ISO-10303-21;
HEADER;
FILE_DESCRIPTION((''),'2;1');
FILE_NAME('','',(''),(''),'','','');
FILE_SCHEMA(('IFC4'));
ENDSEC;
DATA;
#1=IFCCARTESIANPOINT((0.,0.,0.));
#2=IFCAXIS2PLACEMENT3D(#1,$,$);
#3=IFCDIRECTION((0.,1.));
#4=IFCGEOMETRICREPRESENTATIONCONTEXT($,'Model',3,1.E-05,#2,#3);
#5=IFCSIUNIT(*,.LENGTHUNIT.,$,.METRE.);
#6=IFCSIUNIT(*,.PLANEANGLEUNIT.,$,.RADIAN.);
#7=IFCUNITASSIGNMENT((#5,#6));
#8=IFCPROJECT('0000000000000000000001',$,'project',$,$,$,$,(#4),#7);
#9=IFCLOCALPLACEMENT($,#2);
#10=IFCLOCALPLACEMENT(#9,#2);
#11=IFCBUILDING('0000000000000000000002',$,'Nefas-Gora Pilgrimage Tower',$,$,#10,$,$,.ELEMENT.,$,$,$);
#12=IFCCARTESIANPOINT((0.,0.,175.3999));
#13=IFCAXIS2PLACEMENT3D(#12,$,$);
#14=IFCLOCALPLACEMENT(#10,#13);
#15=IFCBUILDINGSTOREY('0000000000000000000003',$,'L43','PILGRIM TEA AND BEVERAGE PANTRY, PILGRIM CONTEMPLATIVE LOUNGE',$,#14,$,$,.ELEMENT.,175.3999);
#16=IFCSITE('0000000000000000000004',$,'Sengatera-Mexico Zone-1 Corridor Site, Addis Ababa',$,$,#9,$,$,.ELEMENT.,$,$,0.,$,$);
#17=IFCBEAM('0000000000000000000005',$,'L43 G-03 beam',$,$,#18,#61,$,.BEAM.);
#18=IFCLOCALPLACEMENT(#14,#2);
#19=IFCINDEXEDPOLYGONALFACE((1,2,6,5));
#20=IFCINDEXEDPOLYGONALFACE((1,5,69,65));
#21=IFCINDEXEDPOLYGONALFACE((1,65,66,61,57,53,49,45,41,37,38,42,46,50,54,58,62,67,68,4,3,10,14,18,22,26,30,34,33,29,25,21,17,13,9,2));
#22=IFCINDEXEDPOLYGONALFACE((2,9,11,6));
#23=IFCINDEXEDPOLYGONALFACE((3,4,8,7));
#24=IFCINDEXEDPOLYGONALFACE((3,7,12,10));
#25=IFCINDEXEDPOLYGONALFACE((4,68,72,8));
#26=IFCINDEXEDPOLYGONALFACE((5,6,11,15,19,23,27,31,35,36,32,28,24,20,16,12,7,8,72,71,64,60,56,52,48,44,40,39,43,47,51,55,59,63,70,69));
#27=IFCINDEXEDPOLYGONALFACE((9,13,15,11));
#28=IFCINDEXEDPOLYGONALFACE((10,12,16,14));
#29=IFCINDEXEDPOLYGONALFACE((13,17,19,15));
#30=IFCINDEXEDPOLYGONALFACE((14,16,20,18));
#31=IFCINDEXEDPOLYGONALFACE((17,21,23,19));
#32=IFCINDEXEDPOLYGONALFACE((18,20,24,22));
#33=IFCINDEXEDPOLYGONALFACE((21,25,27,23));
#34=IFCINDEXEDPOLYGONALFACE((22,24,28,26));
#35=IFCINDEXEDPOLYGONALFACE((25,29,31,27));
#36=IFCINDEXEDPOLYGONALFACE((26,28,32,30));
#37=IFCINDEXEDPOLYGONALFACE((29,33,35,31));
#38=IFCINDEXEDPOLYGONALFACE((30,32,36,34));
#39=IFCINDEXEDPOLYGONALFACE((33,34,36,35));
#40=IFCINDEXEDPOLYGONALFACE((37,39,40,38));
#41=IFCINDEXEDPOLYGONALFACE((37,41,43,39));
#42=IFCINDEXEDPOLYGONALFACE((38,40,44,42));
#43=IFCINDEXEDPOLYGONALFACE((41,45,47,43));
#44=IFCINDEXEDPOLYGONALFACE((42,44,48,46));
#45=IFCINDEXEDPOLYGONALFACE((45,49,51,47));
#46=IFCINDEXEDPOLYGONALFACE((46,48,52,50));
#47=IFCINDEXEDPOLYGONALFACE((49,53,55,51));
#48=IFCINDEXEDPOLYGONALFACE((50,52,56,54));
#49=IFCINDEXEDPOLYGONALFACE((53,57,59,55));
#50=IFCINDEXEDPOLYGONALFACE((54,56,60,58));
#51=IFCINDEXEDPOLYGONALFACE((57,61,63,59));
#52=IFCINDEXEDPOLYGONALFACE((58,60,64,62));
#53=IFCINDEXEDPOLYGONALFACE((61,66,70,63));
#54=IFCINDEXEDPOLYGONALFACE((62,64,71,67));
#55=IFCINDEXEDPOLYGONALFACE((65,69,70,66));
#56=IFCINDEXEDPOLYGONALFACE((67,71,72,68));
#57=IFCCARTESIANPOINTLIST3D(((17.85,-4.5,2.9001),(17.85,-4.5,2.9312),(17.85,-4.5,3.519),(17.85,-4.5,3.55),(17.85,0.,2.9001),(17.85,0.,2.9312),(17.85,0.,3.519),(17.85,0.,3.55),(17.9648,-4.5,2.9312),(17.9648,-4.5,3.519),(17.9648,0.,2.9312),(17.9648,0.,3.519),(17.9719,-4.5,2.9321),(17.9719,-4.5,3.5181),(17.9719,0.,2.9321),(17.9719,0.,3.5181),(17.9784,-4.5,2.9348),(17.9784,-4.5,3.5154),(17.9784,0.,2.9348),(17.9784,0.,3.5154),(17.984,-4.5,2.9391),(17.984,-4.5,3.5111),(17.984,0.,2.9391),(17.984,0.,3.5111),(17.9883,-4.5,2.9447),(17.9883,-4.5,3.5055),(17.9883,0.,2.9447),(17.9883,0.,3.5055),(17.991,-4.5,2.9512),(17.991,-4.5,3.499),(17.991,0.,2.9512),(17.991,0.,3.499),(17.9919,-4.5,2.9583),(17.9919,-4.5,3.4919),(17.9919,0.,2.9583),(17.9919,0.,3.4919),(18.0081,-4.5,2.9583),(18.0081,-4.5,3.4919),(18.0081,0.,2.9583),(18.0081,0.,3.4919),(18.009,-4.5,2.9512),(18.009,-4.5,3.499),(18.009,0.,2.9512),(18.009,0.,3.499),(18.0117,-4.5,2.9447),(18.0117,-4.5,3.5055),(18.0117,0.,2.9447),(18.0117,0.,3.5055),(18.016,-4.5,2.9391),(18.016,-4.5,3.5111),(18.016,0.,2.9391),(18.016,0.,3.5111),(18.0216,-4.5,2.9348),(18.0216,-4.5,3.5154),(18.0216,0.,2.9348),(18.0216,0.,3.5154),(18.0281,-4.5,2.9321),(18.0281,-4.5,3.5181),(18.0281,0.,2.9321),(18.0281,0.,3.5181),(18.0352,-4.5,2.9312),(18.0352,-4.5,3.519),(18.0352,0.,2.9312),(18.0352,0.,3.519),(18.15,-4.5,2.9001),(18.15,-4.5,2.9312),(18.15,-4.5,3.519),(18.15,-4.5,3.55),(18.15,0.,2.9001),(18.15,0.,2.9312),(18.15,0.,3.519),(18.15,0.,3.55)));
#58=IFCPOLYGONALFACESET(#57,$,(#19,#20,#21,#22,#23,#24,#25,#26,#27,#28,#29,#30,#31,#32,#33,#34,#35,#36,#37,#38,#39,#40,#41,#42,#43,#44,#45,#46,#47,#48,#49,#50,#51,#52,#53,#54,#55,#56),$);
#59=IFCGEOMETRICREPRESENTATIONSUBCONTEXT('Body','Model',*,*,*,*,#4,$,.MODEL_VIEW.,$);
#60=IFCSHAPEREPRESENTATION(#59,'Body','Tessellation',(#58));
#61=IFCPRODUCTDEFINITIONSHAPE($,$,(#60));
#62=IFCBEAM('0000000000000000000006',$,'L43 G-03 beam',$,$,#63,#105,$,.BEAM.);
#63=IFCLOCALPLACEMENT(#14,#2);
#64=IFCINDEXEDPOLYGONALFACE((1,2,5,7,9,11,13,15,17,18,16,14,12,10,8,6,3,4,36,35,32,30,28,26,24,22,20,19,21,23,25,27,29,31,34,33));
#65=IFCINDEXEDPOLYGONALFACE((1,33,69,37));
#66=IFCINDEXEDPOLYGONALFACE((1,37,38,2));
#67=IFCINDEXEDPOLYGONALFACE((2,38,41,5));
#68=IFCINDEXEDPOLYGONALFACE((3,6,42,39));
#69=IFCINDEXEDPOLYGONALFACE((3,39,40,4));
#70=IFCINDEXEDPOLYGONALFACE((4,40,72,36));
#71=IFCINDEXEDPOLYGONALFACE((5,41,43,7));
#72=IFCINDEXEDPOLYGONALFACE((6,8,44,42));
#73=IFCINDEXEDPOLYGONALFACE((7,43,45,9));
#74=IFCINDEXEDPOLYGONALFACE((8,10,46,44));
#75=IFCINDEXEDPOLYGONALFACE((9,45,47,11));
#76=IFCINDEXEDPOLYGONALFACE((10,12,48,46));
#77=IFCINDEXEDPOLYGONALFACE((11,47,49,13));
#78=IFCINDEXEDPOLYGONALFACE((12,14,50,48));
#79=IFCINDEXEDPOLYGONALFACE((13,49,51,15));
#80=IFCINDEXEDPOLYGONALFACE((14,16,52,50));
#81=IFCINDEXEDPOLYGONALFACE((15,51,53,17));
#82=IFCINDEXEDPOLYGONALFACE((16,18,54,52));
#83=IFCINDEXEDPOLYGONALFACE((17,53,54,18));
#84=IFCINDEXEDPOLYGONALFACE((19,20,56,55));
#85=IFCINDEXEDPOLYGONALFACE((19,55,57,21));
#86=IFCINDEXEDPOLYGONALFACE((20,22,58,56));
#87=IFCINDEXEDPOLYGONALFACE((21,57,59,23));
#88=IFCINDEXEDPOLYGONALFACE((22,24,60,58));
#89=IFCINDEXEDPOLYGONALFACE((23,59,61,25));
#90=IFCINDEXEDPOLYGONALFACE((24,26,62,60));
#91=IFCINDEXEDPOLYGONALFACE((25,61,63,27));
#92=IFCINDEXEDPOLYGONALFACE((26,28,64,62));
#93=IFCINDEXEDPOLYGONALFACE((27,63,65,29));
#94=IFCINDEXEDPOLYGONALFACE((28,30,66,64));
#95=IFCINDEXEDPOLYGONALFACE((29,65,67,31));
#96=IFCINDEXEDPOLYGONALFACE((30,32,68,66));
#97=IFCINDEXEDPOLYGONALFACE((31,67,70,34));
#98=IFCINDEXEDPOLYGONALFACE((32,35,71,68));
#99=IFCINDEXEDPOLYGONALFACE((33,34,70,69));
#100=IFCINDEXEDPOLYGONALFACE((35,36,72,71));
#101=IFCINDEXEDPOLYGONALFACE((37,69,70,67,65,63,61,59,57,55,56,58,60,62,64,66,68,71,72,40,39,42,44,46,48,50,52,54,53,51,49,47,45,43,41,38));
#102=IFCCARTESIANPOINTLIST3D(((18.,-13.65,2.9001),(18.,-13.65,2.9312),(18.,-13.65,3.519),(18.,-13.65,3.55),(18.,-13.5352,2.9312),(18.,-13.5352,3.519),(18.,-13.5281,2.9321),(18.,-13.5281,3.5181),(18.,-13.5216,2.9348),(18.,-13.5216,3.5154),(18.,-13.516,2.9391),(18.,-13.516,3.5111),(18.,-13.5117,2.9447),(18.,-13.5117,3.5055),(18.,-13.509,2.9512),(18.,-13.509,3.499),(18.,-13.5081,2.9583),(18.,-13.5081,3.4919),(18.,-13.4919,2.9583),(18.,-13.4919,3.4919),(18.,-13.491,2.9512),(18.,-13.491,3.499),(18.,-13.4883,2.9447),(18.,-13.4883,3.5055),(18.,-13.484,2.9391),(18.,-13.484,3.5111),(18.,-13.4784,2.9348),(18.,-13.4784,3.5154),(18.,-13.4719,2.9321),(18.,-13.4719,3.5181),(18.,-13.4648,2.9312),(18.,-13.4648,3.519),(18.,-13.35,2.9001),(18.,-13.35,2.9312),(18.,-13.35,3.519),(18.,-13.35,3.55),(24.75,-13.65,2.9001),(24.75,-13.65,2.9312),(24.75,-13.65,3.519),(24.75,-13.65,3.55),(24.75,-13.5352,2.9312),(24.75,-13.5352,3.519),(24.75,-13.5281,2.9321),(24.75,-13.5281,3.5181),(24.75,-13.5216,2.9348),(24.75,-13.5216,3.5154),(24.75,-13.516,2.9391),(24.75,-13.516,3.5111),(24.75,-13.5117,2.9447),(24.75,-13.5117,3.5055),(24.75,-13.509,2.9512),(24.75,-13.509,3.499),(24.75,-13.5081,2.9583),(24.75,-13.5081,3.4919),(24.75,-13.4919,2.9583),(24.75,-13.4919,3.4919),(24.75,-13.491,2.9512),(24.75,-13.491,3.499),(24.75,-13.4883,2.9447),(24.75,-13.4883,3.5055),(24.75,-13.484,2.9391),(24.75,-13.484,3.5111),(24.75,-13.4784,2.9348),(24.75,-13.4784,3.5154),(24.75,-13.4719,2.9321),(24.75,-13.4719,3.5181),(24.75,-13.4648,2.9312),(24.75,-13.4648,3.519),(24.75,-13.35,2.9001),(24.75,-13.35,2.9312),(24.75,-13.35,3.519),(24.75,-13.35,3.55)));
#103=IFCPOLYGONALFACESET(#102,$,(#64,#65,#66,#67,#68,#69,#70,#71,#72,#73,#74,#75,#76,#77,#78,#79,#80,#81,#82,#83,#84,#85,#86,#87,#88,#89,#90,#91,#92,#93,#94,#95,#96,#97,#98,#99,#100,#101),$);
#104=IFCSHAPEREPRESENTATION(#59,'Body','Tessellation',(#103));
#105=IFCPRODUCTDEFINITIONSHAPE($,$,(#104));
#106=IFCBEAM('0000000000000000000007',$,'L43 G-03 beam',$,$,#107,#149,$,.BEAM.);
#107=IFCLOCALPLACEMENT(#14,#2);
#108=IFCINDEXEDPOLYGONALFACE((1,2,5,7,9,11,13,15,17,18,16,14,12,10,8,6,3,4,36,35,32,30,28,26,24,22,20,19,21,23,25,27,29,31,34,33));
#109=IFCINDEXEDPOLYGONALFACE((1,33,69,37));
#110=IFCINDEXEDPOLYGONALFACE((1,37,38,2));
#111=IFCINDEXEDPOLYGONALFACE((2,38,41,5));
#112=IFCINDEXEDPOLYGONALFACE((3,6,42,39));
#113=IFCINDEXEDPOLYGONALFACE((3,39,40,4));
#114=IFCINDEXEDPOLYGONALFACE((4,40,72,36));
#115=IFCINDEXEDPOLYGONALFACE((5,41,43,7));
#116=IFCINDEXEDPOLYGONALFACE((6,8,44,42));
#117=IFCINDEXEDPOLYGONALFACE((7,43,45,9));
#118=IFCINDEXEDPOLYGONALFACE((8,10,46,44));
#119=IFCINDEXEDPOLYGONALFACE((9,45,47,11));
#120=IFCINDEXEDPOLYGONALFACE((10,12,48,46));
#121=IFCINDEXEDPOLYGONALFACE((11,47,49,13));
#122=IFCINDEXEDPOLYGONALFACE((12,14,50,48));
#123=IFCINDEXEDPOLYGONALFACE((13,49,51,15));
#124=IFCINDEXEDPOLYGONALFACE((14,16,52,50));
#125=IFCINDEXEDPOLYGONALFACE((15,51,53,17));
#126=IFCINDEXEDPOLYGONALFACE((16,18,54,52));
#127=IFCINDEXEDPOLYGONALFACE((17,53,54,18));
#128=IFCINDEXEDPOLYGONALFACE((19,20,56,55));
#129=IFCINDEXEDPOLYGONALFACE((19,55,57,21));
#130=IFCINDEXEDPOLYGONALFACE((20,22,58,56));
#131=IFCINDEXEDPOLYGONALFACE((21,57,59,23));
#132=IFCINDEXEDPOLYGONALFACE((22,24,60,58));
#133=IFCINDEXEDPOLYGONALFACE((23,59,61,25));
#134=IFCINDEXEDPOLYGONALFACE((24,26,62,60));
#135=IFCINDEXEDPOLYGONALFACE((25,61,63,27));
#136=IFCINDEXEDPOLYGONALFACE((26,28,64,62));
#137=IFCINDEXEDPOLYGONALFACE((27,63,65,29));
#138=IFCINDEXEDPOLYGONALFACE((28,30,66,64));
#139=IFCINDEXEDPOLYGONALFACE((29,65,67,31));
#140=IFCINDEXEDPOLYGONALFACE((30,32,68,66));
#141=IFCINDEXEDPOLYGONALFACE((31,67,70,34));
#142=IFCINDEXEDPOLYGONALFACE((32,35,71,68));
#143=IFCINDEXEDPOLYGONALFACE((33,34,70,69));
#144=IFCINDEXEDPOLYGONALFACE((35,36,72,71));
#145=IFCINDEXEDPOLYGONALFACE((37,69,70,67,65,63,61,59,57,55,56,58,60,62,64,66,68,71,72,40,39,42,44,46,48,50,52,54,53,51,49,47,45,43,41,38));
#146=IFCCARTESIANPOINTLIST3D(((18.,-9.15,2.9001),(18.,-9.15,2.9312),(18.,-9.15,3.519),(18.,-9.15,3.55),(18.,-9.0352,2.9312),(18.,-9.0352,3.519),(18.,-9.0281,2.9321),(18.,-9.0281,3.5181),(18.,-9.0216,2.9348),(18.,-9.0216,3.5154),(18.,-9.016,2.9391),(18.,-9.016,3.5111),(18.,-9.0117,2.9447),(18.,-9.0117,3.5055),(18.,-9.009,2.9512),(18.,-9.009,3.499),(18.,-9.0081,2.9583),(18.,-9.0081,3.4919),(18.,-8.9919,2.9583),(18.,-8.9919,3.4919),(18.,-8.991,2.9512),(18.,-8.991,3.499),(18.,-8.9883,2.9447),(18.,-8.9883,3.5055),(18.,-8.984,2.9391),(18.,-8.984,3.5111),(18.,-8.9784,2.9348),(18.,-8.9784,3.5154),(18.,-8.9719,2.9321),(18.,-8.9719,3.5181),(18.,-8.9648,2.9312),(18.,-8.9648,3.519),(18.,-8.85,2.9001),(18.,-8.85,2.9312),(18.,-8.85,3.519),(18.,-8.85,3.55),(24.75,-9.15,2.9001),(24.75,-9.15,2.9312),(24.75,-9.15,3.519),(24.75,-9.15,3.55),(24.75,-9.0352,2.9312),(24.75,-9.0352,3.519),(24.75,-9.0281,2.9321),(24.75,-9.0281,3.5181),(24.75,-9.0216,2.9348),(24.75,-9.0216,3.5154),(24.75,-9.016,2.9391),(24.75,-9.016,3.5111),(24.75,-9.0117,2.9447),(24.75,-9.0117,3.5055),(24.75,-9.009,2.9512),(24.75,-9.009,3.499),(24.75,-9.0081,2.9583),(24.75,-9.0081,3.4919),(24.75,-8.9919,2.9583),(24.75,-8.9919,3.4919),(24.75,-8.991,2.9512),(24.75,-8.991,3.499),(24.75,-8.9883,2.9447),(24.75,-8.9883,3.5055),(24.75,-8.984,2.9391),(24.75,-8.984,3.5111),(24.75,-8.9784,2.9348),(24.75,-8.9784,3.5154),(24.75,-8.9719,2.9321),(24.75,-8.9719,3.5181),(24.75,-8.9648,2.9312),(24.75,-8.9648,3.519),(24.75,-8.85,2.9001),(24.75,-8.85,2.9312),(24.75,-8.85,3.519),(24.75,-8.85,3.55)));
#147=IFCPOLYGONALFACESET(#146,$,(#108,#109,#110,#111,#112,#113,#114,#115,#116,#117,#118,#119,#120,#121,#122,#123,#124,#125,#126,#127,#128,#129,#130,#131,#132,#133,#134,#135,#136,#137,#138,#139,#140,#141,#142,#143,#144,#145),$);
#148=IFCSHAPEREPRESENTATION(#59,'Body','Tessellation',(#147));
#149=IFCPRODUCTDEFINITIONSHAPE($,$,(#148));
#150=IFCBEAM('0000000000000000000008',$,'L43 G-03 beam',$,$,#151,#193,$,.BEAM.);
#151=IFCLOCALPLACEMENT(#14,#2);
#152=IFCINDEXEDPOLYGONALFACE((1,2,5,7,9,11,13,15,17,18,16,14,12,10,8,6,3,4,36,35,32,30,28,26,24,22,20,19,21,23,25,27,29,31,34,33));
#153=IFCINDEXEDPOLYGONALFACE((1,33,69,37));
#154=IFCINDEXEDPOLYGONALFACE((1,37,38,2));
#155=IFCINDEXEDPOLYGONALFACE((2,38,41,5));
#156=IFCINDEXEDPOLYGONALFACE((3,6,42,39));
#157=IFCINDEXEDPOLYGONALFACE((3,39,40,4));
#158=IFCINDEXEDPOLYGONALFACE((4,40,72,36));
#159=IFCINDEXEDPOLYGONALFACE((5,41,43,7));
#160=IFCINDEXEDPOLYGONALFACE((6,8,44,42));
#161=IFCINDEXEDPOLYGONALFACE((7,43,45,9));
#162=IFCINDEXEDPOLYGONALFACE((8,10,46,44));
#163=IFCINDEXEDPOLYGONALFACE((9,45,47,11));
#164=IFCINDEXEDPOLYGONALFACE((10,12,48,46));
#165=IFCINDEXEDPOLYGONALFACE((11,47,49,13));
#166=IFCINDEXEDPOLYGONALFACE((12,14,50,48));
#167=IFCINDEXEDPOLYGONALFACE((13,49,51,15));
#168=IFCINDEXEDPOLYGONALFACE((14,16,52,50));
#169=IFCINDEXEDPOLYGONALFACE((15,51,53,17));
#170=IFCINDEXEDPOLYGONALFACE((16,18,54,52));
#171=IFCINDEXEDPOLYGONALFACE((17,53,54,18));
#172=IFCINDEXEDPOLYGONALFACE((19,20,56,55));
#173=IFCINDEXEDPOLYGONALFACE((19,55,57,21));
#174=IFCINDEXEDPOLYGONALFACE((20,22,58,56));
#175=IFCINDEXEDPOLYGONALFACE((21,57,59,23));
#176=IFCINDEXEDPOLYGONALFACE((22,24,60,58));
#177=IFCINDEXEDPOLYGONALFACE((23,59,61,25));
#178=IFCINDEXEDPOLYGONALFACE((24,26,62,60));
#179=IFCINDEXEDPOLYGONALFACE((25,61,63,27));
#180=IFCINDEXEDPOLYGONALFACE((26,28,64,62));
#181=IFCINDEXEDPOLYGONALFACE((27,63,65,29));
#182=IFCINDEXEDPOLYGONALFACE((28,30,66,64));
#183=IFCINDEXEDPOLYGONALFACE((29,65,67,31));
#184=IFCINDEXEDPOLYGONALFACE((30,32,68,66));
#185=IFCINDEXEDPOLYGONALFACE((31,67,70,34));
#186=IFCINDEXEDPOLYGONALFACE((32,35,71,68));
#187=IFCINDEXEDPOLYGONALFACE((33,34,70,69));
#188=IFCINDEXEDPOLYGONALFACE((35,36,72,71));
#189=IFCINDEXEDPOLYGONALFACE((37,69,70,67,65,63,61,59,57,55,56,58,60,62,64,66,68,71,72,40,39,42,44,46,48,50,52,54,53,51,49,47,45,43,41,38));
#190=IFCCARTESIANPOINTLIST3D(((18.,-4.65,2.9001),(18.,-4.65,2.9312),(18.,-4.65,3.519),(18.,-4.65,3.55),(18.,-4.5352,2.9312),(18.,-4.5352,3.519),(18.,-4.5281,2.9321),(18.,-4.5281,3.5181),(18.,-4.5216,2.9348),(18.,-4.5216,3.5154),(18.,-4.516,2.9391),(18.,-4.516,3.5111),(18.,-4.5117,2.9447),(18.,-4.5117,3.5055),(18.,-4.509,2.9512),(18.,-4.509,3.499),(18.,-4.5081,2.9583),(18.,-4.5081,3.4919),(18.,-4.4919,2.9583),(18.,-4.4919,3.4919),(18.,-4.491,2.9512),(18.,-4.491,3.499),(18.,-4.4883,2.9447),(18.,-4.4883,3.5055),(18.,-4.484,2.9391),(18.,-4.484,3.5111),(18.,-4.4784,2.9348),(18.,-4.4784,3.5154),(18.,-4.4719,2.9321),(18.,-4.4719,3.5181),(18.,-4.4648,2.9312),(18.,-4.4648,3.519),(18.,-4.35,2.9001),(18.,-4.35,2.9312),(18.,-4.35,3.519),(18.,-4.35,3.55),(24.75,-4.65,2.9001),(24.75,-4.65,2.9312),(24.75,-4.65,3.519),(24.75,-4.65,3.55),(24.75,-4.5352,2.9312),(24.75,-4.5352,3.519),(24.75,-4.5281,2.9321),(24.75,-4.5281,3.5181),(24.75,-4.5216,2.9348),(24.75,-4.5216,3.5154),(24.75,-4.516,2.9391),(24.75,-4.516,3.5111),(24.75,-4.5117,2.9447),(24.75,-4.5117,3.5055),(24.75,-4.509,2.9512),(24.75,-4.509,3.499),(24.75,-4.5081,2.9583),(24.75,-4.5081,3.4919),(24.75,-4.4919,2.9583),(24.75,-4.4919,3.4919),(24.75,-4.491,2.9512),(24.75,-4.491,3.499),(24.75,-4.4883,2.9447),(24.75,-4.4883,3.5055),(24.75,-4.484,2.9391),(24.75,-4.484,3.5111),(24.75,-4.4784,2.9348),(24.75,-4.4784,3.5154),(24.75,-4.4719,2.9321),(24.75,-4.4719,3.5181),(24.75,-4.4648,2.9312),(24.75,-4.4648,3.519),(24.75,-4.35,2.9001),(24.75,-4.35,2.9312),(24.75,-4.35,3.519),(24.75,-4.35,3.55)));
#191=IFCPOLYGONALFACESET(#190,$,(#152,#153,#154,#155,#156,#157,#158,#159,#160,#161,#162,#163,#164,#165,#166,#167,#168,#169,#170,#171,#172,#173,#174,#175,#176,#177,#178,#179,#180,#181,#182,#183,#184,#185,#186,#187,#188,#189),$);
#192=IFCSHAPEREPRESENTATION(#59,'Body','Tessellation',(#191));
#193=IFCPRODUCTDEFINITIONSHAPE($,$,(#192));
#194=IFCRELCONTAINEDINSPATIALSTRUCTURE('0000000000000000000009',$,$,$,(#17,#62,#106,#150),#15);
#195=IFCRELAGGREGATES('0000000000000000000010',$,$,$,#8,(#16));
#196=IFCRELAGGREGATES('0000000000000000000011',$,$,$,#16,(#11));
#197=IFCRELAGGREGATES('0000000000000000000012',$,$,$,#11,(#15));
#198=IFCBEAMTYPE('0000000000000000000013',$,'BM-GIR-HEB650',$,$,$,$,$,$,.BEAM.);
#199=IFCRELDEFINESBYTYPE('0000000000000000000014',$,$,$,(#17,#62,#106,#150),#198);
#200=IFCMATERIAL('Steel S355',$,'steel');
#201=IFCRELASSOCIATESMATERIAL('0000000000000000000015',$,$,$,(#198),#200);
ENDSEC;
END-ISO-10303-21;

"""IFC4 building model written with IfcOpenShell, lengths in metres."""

from ifc_helpers import new_model, si_unit, direction, frame, origin, origin_2d, place, context, subcontext, project, spatial, i_section, extrude, source, transform, mapped, material, material_profile, profile_set, type_object, element, save


model = new_model("IFC4")

# Units and contexts
model_context = context("Model", 3, precision=1e-05, world=origin(), true_north=direction((0.0, 1.0)))
body_context = subcontext(model_context, "Body", "Model", "MODEL_VIEW")
ifc_project = project(units=[si_unit("LENGTHUNIT", "METRE"), si_unit("PLANEANGLEUNIT", "RADIAN")], contexts=[model_context])

# Site, building, storey
site_placement = place(None, origin())
site = spatial("IfcSite", under=ifc_project, at=site_placement, Name="Sengatera-Mexico Zone-1 Corridor Site, Addis Ababa", CompositionType="ELEMENT", RefElevation=0.0)
building_placement = place(site_placement, origin())
building = spatial("IfcBuilding", under=site, at=building_placement, Name="Nefas-Gora Pilgrimage Tower", CompositionType="ELEMENT")
storey_placement = place(building_placement, frame((0.0, 0.0, 175.3999)))
storey = spatial("IfcBuildingStorey", under=building, at=storey_placement, Name="L43", Description="PILGRIM TEA AND BEVERAGE PANTRY, PILGRIM CONTEMPLATIVE LOUNGE", CompositionType="ELEMENT", Elevation=175.3999)

# Beams
ifc_material_1 = material(Name="Steel S355", Category="steel")
ifc_material_profile_1 = material_profile(ifc_material_1, i_section(OverallWidth=0.3, OverallDepth=0.6499, WebThickness=0.0161, FlangeThickness=0.031, FilletRadius=0.0271, at=origin_2d()), Name="HEB 650")
ifc_profile_set_1 = profile_set([ifc_material_profile_1], Name="Steel S355")
beam_type_1 = type_object("IfcBeamType", Name="BM-GIR-HEB650", PredefinedType="BEAM", material=ifc_profile_set_1)
shared_shape_1 = source(origin(), body_context, "Body", "SweptSolid", [
    extrude(i_section(OverallWidth=0.3, OverallDepth=0.6499, WebThickness=0.0161, FlangeThickness=0.031, FilletRadius=0.0271, at=origin_2d()), origin(), (0.0, 0.0, 1.0), 4.5),
])
for number, where, z_axis, x_axis, name in (
    (1, (18.0, -4.5, 3.2251), (0.0, 1.0, 0.0), (-1.0, 0.0, 0.0), "L43 G-03 beam"),
):
    element("IfcBeam", number, at=place(storey_placement, frame(where, z_axis=z_axis, x_axis=x_axis)), inside=storey, type_object=beam_type_1, Name=name, PredefinedType="BEAM", context=body_context, shape_type="MappedRepresentation", body=[
        mapped(shared_shape_1, transform((0.0, 0.0, 0.0), x_axis=(1.0, 0.0, 0.0), y_axis=(0.0, 1.0, 0.0), z_axis=(0.0, 0.0, 1.0), scale=1.0)),
    ])
shared_shape_2 = source(origin(), body_context, "Body", "SweptSolid", [
    extrude(i_section(OverallWidth=0.3, OverallDepth=0.6499, WebThickness=0.0161, FlangeThickness=0.031, FilletRadius=0.0271, at=origin_2d()), origin(), (0.0, 0.0, 1.0), 6.75),
])
for number, where, z_axis, x_axis, name in (
    (2, (18.0, -13.5, 3.2251), (1.0, 0.0, 0.0), (0.0, 1.0, 0.0), "L43 G-03 beam"),
    (3, (18.0, -9.0, 3.2251), (1.0, 0.0, 0.0), (0.0, 1.0, 0.0), "L43 G-03 beam"),
    (4, (18.0, -4.5, 3.2251), (1.0, 0.0, 0.0), (0.0, 1.0, 0.0), "L43 G-03 beam"),
):
    element("IfcBeam", number, at=place(storey_placement, frame(where, z_axis=z_axis, x_axis=x_axis)), inside=storey, type_object=beam_type_1, Name=name, PredefinedType="BEAM", context=body_context, shape_type="MappedRepresentation", body=[
        mapped(shared_shape_2, transform((0.0, 0.0, 0.0), x_axis=(1.0, 0.0, 0.0), y_axis=(0.0, 1.0, 0.0), z_axis=(0.0, 0.0, 1.0), scale=1.0)),
    ])

save(model, "model.ifc")
